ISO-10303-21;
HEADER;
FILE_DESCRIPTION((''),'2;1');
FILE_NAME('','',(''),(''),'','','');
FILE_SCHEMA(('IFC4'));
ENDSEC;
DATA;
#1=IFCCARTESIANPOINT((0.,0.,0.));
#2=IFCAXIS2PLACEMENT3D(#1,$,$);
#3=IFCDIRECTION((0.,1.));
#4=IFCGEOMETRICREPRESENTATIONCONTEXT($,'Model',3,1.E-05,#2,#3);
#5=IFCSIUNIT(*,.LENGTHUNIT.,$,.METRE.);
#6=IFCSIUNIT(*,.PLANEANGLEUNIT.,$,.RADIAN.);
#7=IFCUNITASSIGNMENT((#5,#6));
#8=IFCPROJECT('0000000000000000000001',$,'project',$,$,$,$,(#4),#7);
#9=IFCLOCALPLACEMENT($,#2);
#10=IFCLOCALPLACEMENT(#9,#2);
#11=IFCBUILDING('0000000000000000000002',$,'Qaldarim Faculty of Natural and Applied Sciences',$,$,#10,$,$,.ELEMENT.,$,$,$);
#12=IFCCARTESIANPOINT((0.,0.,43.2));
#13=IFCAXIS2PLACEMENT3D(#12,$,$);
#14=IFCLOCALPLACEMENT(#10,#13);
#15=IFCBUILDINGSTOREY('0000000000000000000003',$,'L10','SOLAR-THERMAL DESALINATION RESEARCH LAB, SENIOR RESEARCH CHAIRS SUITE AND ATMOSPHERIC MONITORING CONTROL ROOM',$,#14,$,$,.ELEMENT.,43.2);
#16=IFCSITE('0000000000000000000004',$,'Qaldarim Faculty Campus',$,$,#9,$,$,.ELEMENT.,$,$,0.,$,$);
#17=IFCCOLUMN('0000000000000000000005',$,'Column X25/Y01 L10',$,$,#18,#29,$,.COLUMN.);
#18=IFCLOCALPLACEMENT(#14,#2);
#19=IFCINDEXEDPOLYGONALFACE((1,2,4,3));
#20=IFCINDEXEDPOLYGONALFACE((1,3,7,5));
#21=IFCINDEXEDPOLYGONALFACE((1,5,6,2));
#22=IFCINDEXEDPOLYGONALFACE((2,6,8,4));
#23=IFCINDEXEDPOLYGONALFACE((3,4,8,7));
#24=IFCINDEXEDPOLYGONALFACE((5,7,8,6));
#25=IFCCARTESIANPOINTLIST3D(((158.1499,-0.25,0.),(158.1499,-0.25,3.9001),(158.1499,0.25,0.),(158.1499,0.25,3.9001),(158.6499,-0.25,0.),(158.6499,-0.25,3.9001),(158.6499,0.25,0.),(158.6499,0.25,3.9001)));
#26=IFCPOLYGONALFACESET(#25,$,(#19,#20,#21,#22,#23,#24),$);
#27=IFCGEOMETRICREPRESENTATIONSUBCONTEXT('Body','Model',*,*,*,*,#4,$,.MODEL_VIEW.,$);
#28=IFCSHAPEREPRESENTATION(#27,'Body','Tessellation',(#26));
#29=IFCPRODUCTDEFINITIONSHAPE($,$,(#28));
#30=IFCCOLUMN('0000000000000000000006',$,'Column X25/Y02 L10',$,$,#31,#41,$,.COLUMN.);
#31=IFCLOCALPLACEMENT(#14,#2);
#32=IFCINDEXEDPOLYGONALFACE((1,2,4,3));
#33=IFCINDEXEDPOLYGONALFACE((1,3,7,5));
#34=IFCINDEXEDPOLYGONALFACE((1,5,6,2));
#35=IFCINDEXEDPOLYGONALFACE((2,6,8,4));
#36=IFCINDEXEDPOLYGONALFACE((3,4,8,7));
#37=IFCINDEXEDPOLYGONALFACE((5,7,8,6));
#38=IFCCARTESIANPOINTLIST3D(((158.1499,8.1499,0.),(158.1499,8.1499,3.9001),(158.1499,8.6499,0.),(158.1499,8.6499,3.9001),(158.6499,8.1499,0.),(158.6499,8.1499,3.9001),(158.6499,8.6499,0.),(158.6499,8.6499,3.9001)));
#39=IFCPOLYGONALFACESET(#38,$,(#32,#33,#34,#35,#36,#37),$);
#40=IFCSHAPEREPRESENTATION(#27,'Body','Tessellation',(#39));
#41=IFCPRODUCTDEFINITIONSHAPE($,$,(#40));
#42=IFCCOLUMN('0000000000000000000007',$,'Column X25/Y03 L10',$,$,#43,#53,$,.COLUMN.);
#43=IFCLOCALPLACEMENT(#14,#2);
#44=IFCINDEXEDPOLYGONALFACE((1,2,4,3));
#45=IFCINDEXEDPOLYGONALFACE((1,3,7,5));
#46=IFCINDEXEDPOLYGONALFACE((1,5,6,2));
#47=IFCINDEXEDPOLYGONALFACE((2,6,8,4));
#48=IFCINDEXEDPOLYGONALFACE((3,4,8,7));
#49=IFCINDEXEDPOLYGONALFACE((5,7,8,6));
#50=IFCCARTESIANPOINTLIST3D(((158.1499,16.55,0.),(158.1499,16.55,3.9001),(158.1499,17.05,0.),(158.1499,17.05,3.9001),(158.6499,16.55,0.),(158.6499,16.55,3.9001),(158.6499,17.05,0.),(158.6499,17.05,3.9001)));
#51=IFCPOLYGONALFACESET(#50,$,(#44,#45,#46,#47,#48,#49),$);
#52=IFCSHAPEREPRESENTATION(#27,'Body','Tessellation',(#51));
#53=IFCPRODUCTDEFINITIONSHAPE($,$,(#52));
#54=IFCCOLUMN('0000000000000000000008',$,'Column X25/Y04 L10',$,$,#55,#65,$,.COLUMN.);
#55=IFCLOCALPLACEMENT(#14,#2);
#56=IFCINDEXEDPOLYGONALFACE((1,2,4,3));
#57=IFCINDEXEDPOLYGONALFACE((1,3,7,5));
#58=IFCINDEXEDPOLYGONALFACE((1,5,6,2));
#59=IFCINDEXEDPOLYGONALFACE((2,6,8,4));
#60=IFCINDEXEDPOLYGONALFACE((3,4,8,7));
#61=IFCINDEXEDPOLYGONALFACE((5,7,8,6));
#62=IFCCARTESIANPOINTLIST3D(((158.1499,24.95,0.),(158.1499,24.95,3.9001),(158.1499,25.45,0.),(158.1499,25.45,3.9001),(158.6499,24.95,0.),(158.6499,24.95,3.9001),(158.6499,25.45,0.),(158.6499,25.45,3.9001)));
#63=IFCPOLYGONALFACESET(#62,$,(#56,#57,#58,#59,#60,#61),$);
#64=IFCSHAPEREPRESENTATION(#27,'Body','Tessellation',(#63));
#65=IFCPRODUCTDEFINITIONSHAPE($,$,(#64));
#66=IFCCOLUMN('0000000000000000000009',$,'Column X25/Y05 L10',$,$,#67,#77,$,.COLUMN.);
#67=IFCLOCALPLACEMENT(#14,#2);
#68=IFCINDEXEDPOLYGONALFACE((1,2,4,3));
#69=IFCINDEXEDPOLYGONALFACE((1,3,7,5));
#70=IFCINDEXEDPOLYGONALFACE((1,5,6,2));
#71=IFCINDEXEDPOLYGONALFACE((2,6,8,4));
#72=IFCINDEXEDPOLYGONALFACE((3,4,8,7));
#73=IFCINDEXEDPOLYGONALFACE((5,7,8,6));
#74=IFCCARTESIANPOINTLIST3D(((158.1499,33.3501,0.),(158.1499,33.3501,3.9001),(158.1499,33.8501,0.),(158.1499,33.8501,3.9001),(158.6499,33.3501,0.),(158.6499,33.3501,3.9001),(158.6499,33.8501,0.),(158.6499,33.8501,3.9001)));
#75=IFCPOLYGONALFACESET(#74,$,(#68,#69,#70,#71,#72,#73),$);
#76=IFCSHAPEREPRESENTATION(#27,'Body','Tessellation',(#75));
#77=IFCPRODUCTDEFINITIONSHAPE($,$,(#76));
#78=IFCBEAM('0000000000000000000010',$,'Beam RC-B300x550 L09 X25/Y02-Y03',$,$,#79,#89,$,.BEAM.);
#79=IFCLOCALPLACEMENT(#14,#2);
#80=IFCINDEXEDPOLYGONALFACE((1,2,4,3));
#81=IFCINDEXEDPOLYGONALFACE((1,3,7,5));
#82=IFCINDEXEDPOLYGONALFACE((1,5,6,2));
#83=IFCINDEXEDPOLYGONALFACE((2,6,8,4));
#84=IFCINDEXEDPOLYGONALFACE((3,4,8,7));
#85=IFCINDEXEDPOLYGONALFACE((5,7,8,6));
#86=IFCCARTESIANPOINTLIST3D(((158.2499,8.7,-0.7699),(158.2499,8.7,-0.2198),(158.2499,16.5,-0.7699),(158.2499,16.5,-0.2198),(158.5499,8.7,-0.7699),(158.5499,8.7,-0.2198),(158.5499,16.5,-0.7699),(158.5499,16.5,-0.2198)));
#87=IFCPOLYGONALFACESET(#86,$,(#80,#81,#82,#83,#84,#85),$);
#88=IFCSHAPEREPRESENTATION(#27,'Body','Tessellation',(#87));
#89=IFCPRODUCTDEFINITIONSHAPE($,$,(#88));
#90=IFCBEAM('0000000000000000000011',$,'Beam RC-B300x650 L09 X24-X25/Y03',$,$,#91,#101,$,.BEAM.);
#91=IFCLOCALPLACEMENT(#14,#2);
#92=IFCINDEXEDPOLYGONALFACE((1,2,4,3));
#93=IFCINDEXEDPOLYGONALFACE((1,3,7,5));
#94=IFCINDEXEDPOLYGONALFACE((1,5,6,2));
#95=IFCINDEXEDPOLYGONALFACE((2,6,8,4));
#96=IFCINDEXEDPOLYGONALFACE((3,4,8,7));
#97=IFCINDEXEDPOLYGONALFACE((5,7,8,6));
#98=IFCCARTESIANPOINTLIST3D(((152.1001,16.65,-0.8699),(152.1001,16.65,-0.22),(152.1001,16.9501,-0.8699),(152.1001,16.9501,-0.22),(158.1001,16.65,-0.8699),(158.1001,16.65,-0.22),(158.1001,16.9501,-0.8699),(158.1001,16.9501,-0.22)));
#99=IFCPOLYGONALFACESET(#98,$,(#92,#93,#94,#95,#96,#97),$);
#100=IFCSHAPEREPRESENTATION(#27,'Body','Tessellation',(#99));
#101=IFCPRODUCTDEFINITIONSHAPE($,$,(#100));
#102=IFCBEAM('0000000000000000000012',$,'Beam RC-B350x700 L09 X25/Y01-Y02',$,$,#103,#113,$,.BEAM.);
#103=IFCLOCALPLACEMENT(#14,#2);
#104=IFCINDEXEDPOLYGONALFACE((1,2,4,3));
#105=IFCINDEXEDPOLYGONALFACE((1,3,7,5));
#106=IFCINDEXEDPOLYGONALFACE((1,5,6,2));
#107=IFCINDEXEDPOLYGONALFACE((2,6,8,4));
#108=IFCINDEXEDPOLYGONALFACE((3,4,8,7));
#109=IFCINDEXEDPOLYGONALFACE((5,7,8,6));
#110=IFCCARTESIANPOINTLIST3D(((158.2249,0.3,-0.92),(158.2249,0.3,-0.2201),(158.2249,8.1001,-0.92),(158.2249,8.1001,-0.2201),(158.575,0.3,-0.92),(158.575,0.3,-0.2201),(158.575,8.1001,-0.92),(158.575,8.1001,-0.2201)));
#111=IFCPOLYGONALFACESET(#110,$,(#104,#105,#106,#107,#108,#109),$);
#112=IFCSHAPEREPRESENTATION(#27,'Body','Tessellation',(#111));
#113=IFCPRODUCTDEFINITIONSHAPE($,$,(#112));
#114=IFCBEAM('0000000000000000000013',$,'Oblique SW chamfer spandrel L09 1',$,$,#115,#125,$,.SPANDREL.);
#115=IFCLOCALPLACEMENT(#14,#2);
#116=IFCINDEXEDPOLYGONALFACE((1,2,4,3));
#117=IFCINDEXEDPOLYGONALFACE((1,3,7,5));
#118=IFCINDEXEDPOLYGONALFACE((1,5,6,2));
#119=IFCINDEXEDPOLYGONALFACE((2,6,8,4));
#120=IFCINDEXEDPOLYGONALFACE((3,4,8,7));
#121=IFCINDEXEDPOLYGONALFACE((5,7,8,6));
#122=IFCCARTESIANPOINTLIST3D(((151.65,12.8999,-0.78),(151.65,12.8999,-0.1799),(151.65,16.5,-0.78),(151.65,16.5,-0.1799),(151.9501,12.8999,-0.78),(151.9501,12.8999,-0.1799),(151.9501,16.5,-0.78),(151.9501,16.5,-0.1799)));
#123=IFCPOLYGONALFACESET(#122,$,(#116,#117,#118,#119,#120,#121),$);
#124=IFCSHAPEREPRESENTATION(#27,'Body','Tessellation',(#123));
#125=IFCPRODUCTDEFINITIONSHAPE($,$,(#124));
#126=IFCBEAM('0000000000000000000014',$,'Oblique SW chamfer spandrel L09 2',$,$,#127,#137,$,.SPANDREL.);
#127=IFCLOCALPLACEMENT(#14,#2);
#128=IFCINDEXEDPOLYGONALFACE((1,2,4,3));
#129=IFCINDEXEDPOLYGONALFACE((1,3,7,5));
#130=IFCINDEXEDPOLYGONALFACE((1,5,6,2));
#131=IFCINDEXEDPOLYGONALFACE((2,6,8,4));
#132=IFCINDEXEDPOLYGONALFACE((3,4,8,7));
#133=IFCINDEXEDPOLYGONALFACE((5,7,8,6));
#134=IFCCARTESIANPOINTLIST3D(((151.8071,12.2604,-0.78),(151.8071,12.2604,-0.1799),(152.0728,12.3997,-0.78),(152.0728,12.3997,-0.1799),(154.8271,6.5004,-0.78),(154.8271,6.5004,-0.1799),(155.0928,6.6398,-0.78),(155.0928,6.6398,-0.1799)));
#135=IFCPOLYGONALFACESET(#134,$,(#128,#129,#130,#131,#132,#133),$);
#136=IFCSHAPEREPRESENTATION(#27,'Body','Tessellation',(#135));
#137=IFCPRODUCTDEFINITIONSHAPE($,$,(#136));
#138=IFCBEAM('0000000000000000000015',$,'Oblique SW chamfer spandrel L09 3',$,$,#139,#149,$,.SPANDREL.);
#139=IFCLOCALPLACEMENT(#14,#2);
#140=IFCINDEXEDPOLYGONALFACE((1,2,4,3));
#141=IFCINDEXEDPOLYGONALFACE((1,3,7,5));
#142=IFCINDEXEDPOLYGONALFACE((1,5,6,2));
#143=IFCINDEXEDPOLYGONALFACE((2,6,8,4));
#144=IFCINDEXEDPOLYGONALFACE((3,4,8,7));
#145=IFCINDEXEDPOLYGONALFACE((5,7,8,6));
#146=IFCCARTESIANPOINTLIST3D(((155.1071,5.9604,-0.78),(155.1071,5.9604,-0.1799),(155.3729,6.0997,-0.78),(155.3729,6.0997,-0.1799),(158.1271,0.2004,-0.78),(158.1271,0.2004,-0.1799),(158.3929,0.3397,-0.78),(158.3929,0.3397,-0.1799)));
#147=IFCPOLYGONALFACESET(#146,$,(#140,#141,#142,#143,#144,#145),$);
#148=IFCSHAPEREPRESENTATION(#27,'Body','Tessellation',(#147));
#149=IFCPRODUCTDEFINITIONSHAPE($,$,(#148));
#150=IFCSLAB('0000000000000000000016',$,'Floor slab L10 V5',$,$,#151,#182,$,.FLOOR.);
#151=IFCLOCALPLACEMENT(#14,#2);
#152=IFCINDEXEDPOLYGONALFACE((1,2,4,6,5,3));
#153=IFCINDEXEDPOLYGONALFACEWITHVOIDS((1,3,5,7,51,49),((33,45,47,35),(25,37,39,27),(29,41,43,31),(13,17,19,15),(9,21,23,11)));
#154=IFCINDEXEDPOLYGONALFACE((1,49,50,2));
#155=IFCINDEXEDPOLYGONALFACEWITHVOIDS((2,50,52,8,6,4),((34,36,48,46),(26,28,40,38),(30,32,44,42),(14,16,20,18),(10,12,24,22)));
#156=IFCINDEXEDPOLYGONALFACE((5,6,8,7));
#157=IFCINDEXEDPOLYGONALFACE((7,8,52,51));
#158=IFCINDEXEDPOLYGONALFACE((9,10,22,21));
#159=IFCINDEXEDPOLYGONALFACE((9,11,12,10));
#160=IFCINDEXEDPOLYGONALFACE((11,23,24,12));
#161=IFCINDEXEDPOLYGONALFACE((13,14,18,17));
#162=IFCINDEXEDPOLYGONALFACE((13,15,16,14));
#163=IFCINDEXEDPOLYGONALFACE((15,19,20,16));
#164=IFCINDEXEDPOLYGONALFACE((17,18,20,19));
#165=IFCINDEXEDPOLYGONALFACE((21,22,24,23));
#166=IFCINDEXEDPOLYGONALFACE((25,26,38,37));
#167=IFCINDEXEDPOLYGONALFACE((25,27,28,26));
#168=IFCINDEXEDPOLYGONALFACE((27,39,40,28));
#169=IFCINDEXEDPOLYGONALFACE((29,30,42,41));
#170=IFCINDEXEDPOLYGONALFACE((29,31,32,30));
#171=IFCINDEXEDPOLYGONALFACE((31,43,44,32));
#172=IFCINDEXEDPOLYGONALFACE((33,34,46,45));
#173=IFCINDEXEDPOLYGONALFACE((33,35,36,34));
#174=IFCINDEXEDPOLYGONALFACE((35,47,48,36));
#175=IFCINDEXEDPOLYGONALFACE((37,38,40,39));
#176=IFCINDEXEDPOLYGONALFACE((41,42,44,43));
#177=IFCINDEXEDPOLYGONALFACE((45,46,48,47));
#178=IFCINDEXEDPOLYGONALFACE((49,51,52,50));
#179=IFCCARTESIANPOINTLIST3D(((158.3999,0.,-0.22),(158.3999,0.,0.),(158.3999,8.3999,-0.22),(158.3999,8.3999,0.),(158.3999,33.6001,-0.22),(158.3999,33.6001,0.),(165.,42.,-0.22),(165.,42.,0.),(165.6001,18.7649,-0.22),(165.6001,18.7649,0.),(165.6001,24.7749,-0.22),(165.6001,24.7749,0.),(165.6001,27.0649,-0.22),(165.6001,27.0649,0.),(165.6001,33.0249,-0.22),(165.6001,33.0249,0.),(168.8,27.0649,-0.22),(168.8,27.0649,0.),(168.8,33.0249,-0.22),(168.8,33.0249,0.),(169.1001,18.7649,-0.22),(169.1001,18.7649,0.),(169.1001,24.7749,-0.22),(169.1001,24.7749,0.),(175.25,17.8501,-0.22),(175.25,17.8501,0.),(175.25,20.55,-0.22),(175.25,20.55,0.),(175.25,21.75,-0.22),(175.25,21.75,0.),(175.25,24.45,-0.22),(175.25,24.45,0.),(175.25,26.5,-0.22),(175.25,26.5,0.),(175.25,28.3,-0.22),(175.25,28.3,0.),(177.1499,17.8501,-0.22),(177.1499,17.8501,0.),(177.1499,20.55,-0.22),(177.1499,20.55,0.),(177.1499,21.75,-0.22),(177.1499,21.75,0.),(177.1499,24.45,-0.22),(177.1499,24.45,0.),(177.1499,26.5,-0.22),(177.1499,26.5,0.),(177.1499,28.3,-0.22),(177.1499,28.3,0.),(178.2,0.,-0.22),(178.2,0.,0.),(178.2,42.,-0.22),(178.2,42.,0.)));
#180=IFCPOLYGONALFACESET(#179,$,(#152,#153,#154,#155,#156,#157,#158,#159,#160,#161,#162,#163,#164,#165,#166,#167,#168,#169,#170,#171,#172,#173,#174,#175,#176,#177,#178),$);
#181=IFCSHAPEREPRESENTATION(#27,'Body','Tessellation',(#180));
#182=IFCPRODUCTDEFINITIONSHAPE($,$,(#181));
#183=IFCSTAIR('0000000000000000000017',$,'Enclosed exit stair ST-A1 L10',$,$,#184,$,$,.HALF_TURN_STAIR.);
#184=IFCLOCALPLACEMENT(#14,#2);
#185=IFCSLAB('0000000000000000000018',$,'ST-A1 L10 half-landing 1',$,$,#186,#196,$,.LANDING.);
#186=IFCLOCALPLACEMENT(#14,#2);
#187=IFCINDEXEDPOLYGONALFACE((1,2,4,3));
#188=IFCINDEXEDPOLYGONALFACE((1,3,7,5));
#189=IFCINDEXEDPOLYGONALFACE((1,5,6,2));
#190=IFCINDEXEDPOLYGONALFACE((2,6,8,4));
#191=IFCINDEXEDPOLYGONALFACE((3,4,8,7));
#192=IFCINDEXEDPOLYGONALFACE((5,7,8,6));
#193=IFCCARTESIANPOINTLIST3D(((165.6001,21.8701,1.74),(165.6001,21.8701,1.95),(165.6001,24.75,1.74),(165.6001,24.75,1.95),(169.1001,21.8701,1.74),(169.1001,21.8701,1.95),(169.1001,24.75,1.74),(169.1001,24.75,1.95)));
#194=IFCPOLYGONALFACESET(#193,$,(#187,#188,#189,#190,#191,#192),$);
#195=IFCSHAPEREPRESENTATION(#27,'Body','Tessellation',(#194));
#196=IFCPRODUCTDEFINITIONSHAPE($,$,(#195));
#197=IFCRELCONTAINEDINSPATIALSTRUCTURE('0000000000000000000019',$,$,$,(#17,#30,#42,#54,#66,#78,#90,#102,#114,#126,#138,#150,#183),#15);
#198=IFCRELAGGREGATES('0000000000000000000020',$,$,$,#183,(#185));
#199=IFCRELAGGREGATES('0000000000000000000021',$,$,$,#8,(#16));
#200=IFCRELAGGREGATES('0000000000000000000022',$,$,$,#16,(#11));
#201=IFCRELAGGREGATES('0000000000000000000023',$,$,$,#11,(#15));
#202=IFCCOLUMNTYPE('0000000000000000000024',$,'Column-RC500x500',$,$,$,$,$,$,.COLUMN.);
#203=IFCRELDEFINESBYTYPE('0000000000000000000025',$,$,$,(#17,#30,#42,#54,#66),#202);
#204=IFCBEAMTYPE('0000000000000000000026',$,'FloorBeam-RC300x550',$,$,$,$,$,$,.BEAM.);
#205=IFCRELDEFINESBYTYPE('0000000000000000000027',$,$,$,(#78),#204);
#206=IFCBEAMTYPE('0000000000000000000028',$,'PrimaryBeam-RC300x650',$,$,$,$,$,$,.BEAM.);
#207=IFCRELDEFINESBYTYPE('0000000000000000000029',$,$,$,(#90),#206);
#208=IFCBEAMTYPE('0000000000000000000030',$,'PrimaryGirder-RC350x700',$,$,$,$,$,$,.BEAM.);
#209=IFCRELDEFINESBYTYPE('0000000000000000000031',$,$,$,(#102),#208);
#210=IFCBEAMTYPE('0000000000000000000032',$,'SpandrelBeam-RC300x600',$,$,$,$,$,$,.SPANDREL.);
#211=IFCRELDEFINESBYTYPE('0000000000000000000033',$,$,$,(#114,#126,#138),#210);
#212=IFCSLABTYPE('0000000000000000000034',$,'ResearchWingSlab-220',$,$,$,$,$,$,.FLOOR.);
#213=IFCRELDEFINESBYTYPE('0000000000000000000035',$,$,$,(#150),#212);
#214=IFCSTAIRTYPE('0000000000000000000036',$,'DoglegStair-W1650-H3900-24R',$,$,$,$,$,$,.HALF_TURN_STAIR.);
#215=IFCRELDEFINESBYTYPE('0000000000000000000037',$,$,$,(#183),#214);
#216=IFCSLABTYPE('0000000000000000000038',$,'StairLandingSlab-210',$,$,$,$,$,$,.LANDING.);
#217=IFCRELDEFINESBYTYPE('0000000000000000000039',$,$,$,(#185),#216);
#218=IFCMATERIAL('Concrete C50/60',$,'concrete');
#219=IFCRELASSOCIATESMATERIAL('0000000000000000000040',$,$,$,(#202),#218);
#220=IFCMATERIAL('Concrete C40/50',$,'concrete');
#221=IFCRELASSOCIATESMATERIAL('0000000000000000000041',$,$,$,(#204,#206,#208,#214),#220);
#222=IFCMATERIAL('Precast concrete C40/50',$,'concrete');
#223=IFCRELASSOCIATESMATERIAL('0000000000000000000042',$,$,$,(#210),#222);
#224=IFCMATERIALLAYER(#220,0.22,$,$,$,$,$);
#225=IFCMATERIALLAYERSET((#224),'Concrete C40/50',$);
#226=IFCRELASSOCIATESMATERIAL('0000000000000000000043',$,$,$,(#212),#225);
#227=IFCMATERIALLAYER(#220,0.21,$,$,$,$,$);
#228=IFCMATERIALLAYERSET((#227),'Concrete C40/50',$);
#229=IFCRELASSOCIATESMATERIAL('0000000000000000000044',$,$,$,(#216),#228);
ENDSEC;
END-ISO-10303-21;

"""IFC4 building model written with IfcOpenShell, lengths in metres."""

from ifc_helpers import new_model, si_unit, direction, frame, origin, origin_2d, place, context, subcontext, project, spatial, polyline, rectangle, outline, extrude, material, layer, layer_set, material_profile, profile_set, type_object, element, aggregate, save


model = new_model("IFC4")

# Units and contexts
model_context = context("Model", 3, precision=1e-05, world=origin(), true_north=direction((0.0, 1.0)))
body_context = subcontext(model_context, "Body", "Model", "MODEL_VIEW")
ifc_project = project(units=[si_unit("LENGTHUNIT", "METRE"), si_unit("PLANEANGLEUNIT", "RADIAN")], contexts=[model_context])

# Site, building, storey
site_placement = place(None, origin())
site = spatial("IfcSite", under=ifc_project, at=site_placement, Name="Qaldarim Faculty Campus", CompositionType="ELEMENT", RefElevation=0.0)
building_placement = place(site_placement, origin())
building = spatial("IfcBuilding", under=site, at=building_placement, Name="Qaldarim Faculty of Natural and Applied Sciences", CompositionType="ELEMENT")
storey_placement = place(building_placement, frame((0.0, 0.0, 43.2)))
storey = spatial("IfcBuildingStorey", under=building, at=storey_placement, Name="L10", Description="SOLAR-THERMAL DESALINATION RESEARCH LAB, SENIOR RESEARCH CHAIRS SUITE AND ATMOSPHERIC MONITORING CONTROL ROOM", CompositionType="ELEMENT", Elevation=43.2)

# Columns
ifc_material_1 = material(Name="Concrete C50/60", Category="concrete")
ifc_material_profile_1 = material_profile(ifc_material_1, rectangle(XDim=0.5, YDim=0.5, at=origin_2d()), Name="RC-C500x500")
ifc_profile_set_1 = profile_set([ifc_material_profile_1], Name="Concrete C50/60")
column_type = type_object("IfcColumnType", Name="Column-RC500x500", PredefinedType="COLUMN", material=ifc_profile_set_1)
for number, where, z_axis, x_axis, name in (
    (1, (158.3999, 0.0, 0.0), (0.0, 0.0, 1.0), (1.0, 0.0, 0.0), "Column X25/Y01 L10"),
    (2, (158.3999, 8.3999, 0.0), (0.0, 0.0, 1.0), (1.0, 0.0, 0.0), "Column X25/Y02 L10"),
    (3, (158.3999, 16.8, 0.0), (0.0, 0.0, 1.0), (1.0, 0.0, 0.0), "Column X25/Y03 L10"),
    (4, (158.3999, 25.2, 0.0), (0.0, 0.0, 1.0), (1.0, 0.0, 0.0), "Column X25/Y04 L10"),
    (5, (158.3999, 33.6001, 0.0), (0.0, 0.0, 1.0), (1.0, 0.0, 0.0), "Column X25/Y05 L10"),
):
    element("IfcColumn", number, at=place(storey_placement, frame(where, z_axis=z_axis, x_axis=x_axis)), inside=storey, type_object=column_type, Name=name, PredefinedType="COLUMN", context=body_context, shape_type="SweptSolid", body=[
        extrude(rectangle(XDim=0.5, YDim=0.5, at=origin_2d()), origin(), (0.0, 0.0, 1.0), 3.9001),
    ])

# Beams
ifc_material_2 = material(Name="Concrete C40/50", Category="concrete")
ifc_material_profile_2 = material_profile(ifc_material_2, rectangle(XDim=0.3, YDim=0.55, at=origin_2d()), Name="RC-B300x550")
ifc_profile_set_2 = profile_set([ifc_material_profile_2], Name="Concrete C40/50")
beam_type_1 = type_object("IfcBeamType", Name="FloorBeam-RC300x550", PredefinedType="BEAM", material=ifc_profile_set_2)
beam_1_placement = place(storey_placement, frame((158.3999, 8.7, -0.4949), z_axis=(0.0, 1.0, 0.0), x_axis=(-1.0, 0.0, 0.0)))
element("IfcBeam", 6, at=beam_1_placement, inside=storey, type_object=beam_type_1, Name="Beam RC-B300x550 L09 X25/Y02-Y03", PredefinedType="BEAM", context=body_context, shape_type="SweptSolid", body=[
    extrude(rectangle(XDim=0.3, YDim=0.55, at=origin_2d()), origin(), (0.0, 0.0, 1.0), 7.8),
])
ifc_material_profile_3 = material_profile(ifc_material_2, rectangle(XDim=0.3, YDim=0.6499, at=origin_2d()), Name="RC-B300x650")
ifc_profile_set_3 = profile_set([ifc_material_profile_3], Name="Concrete C40/50")
beam_type_2 = type_object("IfcBeamType", Name="PrimaryBeam-RC300x650", PredefinedType="BEAM", material=ifc_profile_set_3)
beam_2_placement = place(storey_placement, frame((152.1001, 16.8, -0.5449), z_axis=(1.0, 0.0, 0.0), x_axis=(0.0, 1.0, 0.0)))
element("IfcBeam", 7, at=beam_2_placement, inside=storey, type_object=beam_type_2, Name="Beam RC-B300x650 L09 X24-X25/Y03", PredefinedType="BEAM", context=body_context, shape_type="SweptSolid", body=[
    extrude(rectangle(XDim=0.3, YDim=0.6499, at=origin_2d()), origin(), (0.0, 0.0, 1.0), 6.0),
])
ifc_material_profile_4 = material_profile(ifc_material_2, rectangle(XDim=0.3501, YDim=0.7, at=origin_2d()), Name="RC-B350x700")
ifc_profile_set_4 = profile_set([ifc_material_profile_4], Name="Concrete C40/50")
beam_type_3 = type_object("IfcBeamType", Name="PrimaryGirder-RC350x700", PredefinedType="BEAM", material=ifc_profile_set_4)
beam_3_placement = place(storey_placement, frame((158.3999, 0.3, -0.5701), z_axis=(0.0, 1.0, 0.0), x_axis=(-1.0, 0.0, 0.0)))
element("IfcBeam", 8, at=beam_3_placement, inside=storey, type_object=beam_type_3, Name="Beam RC-B350x700 L09 X25/Y01-Y02", PredefinedType="BEAM", context=body_context, shape_type="SweptSolid", body=[
    extrude(rectangle(XDim=0.3501, YDim=0.7, at=origin_2d()), origin(), (0.0, 0.0, 1.0), 7.8),
])
ifc_material_3 = material(Name="Precast concrete C40/50", Category="concrete")
ifc_material_profile_5 = material_profile(ifc_material_3, rectangle(XDim=0.3, YDim=0.6001, at=origin_2d()), Name="RC-SP300x600")
ifc_profile_set_5 = profile_set([ifc_material_profile_5], Name="Precast concrete C40/50")
beam_type_4 = type_object("IfcBeamType", Name="SpandrelBeam-RC300x600", PredefinedType="SPANDREL", material=ifc_profile_set_5)
beam_4_placement = place(storey_placement, frame((151.8, 16.5, -0.48), z_axis=(0.0, -1.0, 0.0), x_axis=(1.0, 0.0, 0.0)))
element("IfcBeam", 9, at=beam_4_placement, inside=storey, type_object=beam_type_4, Name="Oblique SW chamfer spandrel L09 1", PredefinedType="SPANDREL", context=body_context, shape_type="SweptSolid", body=[
    extrude(rectangle(XDim=0.3, YDim=0.6001, at=origin_2d()), origin(), (0.0, 0.0, 1.0), 3.6001),
])
for number, where, z_axis, x_axis, name in (
    (10, (151.9399, 12.3301, -0.48), (0.464353, -0.88565, 0.0), (0.88565, 0.464353, 0.0), "Oblique SW chamfer spandrel L09 2"),
    (11, (155.24, 6.03, -0.48), (0.464353, -0.88565, 0.0), (0.88565, 0.464353, 0.0), "Oblique SW chamfer spandrel L09 3"),
):
    element("IfcBeam", number, at=place(storey_placement, frame(where, z_axis=z_axis, x_axis=x_axis)), inside=storey, type_object=beam_type_4, Name=name, PredefinedType="SPANDREL", context=body_context, shape_type="SweptSolid", body=[
        extrude(rectangle(XDim=0.3, YDim=0.6001, at=origin_2d()), origin(), (0.0, 0.0, 1.0), 6.5037),
    ])

# Slab
ifc_layer_1 = layer(ifc_material_2, 0.22)
ifc_layer_set_1 = layer_set([ifc_layer_1], Name="Concrete C40/50")
slab_type_1 = type_object("IfcSlabType", Name="ResearchWingSlab-220", PredefinedType="FLOOR", material=ifc_layer_set_1)
slab_1_placement = place(storey_placement, frame((0.0, 0.0, -0.22)))
element("IfcSlab", 12, at=slab_1_placement, inside=storey, type_object=slab_type_1, Name="Floor slab L10 V5", PredefinedType="FLOOR", context=body_context, shape_type="SweptSolid", body=[
    extrude(outline(polyline([(158.3999, 0.0), (178.2, 0.0), (178.2, 42.0), (165.0, 42.0), (158.3999, 33.6001), (158.3999, 8.3999), (158.3999, 0.0)]), holes=[polyline([(169.1001, 18.7649), (169.1001, 24.7749), (165.6001, 24.7749), (165.6001, 18.7649), (169.1001, 18.7649)]), polyline([(168.8, 27.0649), (168.8, 33.0249), (165.6001, 33.0249), (165.6001, 27.0649), (168.8, 27.0649)]), polyline([(175.25, 17.8501), (177.1499, 17.8501), (177.1499, 20.55), (175.25, 20.55), (175.25, 17.8501)]), polyline([(175.25, 21.75), (177.1499, 21.75), (177.1499, 24.45), (175.25, 24.45), (175.25, 21.75)]), polyline([(175.25, 26.5), (177.1499, 26.5), (177.1499, 28.3), (175.25, 28.3), (175.25, 26.5)])]), origin(), (0.0, 0.0, 1.0), 0.22),
])

# Stair, slab
stair_type_1 = type_object("IfcStairType", Name="DoglegStair-W1650-H3900-24R", PredefinedType="HALF_TURN_STAIR", material=ifc_material_2)
stair_1_placement = place(storey_placement, origin())
stair_1 = element("IfcStair", 13, at=stair_1_placement, inside=storey, type_object=stair_type_1, Name="Enclosed exit stair ST-A1 L10", PredefinedType="HALF_TURN_STAIR")
ifc_layer_2 = layer(ifc_material_2, 0.21)
ifc_layer_set_2 = layer_set([ifc_layer_2], Name="Concrete C40/50")
slab_type_2 = type_object("IfcSlabType", Name="StairLandingSlab-210", PredefinedType="LANDING", material=ifc_layer_set_2)
slab_2_placement = place(storey_placement, frame((0.0, 0.0, 1.74)))
slab_2 = element("IfcSlab", 14, at=slab_2_placement, type_object=slab_type_2, Name="ST-A1 L10 half-landing 1", PredefinedType="LANDING", context=body_context, shape_type="SweptSolid", body=[
    extrude(outline(polyline([(169.1001, 21.8701), (169.1001, 24.75), (165.6001, 24.75), (165.6001, 21.8701), (169.1001, 21.8701)])), origin(), (0.0, 0.0, 1.0), 0.21),
])
aggregate(stair_1, [slab_2])

save(model, "model.ifc")
